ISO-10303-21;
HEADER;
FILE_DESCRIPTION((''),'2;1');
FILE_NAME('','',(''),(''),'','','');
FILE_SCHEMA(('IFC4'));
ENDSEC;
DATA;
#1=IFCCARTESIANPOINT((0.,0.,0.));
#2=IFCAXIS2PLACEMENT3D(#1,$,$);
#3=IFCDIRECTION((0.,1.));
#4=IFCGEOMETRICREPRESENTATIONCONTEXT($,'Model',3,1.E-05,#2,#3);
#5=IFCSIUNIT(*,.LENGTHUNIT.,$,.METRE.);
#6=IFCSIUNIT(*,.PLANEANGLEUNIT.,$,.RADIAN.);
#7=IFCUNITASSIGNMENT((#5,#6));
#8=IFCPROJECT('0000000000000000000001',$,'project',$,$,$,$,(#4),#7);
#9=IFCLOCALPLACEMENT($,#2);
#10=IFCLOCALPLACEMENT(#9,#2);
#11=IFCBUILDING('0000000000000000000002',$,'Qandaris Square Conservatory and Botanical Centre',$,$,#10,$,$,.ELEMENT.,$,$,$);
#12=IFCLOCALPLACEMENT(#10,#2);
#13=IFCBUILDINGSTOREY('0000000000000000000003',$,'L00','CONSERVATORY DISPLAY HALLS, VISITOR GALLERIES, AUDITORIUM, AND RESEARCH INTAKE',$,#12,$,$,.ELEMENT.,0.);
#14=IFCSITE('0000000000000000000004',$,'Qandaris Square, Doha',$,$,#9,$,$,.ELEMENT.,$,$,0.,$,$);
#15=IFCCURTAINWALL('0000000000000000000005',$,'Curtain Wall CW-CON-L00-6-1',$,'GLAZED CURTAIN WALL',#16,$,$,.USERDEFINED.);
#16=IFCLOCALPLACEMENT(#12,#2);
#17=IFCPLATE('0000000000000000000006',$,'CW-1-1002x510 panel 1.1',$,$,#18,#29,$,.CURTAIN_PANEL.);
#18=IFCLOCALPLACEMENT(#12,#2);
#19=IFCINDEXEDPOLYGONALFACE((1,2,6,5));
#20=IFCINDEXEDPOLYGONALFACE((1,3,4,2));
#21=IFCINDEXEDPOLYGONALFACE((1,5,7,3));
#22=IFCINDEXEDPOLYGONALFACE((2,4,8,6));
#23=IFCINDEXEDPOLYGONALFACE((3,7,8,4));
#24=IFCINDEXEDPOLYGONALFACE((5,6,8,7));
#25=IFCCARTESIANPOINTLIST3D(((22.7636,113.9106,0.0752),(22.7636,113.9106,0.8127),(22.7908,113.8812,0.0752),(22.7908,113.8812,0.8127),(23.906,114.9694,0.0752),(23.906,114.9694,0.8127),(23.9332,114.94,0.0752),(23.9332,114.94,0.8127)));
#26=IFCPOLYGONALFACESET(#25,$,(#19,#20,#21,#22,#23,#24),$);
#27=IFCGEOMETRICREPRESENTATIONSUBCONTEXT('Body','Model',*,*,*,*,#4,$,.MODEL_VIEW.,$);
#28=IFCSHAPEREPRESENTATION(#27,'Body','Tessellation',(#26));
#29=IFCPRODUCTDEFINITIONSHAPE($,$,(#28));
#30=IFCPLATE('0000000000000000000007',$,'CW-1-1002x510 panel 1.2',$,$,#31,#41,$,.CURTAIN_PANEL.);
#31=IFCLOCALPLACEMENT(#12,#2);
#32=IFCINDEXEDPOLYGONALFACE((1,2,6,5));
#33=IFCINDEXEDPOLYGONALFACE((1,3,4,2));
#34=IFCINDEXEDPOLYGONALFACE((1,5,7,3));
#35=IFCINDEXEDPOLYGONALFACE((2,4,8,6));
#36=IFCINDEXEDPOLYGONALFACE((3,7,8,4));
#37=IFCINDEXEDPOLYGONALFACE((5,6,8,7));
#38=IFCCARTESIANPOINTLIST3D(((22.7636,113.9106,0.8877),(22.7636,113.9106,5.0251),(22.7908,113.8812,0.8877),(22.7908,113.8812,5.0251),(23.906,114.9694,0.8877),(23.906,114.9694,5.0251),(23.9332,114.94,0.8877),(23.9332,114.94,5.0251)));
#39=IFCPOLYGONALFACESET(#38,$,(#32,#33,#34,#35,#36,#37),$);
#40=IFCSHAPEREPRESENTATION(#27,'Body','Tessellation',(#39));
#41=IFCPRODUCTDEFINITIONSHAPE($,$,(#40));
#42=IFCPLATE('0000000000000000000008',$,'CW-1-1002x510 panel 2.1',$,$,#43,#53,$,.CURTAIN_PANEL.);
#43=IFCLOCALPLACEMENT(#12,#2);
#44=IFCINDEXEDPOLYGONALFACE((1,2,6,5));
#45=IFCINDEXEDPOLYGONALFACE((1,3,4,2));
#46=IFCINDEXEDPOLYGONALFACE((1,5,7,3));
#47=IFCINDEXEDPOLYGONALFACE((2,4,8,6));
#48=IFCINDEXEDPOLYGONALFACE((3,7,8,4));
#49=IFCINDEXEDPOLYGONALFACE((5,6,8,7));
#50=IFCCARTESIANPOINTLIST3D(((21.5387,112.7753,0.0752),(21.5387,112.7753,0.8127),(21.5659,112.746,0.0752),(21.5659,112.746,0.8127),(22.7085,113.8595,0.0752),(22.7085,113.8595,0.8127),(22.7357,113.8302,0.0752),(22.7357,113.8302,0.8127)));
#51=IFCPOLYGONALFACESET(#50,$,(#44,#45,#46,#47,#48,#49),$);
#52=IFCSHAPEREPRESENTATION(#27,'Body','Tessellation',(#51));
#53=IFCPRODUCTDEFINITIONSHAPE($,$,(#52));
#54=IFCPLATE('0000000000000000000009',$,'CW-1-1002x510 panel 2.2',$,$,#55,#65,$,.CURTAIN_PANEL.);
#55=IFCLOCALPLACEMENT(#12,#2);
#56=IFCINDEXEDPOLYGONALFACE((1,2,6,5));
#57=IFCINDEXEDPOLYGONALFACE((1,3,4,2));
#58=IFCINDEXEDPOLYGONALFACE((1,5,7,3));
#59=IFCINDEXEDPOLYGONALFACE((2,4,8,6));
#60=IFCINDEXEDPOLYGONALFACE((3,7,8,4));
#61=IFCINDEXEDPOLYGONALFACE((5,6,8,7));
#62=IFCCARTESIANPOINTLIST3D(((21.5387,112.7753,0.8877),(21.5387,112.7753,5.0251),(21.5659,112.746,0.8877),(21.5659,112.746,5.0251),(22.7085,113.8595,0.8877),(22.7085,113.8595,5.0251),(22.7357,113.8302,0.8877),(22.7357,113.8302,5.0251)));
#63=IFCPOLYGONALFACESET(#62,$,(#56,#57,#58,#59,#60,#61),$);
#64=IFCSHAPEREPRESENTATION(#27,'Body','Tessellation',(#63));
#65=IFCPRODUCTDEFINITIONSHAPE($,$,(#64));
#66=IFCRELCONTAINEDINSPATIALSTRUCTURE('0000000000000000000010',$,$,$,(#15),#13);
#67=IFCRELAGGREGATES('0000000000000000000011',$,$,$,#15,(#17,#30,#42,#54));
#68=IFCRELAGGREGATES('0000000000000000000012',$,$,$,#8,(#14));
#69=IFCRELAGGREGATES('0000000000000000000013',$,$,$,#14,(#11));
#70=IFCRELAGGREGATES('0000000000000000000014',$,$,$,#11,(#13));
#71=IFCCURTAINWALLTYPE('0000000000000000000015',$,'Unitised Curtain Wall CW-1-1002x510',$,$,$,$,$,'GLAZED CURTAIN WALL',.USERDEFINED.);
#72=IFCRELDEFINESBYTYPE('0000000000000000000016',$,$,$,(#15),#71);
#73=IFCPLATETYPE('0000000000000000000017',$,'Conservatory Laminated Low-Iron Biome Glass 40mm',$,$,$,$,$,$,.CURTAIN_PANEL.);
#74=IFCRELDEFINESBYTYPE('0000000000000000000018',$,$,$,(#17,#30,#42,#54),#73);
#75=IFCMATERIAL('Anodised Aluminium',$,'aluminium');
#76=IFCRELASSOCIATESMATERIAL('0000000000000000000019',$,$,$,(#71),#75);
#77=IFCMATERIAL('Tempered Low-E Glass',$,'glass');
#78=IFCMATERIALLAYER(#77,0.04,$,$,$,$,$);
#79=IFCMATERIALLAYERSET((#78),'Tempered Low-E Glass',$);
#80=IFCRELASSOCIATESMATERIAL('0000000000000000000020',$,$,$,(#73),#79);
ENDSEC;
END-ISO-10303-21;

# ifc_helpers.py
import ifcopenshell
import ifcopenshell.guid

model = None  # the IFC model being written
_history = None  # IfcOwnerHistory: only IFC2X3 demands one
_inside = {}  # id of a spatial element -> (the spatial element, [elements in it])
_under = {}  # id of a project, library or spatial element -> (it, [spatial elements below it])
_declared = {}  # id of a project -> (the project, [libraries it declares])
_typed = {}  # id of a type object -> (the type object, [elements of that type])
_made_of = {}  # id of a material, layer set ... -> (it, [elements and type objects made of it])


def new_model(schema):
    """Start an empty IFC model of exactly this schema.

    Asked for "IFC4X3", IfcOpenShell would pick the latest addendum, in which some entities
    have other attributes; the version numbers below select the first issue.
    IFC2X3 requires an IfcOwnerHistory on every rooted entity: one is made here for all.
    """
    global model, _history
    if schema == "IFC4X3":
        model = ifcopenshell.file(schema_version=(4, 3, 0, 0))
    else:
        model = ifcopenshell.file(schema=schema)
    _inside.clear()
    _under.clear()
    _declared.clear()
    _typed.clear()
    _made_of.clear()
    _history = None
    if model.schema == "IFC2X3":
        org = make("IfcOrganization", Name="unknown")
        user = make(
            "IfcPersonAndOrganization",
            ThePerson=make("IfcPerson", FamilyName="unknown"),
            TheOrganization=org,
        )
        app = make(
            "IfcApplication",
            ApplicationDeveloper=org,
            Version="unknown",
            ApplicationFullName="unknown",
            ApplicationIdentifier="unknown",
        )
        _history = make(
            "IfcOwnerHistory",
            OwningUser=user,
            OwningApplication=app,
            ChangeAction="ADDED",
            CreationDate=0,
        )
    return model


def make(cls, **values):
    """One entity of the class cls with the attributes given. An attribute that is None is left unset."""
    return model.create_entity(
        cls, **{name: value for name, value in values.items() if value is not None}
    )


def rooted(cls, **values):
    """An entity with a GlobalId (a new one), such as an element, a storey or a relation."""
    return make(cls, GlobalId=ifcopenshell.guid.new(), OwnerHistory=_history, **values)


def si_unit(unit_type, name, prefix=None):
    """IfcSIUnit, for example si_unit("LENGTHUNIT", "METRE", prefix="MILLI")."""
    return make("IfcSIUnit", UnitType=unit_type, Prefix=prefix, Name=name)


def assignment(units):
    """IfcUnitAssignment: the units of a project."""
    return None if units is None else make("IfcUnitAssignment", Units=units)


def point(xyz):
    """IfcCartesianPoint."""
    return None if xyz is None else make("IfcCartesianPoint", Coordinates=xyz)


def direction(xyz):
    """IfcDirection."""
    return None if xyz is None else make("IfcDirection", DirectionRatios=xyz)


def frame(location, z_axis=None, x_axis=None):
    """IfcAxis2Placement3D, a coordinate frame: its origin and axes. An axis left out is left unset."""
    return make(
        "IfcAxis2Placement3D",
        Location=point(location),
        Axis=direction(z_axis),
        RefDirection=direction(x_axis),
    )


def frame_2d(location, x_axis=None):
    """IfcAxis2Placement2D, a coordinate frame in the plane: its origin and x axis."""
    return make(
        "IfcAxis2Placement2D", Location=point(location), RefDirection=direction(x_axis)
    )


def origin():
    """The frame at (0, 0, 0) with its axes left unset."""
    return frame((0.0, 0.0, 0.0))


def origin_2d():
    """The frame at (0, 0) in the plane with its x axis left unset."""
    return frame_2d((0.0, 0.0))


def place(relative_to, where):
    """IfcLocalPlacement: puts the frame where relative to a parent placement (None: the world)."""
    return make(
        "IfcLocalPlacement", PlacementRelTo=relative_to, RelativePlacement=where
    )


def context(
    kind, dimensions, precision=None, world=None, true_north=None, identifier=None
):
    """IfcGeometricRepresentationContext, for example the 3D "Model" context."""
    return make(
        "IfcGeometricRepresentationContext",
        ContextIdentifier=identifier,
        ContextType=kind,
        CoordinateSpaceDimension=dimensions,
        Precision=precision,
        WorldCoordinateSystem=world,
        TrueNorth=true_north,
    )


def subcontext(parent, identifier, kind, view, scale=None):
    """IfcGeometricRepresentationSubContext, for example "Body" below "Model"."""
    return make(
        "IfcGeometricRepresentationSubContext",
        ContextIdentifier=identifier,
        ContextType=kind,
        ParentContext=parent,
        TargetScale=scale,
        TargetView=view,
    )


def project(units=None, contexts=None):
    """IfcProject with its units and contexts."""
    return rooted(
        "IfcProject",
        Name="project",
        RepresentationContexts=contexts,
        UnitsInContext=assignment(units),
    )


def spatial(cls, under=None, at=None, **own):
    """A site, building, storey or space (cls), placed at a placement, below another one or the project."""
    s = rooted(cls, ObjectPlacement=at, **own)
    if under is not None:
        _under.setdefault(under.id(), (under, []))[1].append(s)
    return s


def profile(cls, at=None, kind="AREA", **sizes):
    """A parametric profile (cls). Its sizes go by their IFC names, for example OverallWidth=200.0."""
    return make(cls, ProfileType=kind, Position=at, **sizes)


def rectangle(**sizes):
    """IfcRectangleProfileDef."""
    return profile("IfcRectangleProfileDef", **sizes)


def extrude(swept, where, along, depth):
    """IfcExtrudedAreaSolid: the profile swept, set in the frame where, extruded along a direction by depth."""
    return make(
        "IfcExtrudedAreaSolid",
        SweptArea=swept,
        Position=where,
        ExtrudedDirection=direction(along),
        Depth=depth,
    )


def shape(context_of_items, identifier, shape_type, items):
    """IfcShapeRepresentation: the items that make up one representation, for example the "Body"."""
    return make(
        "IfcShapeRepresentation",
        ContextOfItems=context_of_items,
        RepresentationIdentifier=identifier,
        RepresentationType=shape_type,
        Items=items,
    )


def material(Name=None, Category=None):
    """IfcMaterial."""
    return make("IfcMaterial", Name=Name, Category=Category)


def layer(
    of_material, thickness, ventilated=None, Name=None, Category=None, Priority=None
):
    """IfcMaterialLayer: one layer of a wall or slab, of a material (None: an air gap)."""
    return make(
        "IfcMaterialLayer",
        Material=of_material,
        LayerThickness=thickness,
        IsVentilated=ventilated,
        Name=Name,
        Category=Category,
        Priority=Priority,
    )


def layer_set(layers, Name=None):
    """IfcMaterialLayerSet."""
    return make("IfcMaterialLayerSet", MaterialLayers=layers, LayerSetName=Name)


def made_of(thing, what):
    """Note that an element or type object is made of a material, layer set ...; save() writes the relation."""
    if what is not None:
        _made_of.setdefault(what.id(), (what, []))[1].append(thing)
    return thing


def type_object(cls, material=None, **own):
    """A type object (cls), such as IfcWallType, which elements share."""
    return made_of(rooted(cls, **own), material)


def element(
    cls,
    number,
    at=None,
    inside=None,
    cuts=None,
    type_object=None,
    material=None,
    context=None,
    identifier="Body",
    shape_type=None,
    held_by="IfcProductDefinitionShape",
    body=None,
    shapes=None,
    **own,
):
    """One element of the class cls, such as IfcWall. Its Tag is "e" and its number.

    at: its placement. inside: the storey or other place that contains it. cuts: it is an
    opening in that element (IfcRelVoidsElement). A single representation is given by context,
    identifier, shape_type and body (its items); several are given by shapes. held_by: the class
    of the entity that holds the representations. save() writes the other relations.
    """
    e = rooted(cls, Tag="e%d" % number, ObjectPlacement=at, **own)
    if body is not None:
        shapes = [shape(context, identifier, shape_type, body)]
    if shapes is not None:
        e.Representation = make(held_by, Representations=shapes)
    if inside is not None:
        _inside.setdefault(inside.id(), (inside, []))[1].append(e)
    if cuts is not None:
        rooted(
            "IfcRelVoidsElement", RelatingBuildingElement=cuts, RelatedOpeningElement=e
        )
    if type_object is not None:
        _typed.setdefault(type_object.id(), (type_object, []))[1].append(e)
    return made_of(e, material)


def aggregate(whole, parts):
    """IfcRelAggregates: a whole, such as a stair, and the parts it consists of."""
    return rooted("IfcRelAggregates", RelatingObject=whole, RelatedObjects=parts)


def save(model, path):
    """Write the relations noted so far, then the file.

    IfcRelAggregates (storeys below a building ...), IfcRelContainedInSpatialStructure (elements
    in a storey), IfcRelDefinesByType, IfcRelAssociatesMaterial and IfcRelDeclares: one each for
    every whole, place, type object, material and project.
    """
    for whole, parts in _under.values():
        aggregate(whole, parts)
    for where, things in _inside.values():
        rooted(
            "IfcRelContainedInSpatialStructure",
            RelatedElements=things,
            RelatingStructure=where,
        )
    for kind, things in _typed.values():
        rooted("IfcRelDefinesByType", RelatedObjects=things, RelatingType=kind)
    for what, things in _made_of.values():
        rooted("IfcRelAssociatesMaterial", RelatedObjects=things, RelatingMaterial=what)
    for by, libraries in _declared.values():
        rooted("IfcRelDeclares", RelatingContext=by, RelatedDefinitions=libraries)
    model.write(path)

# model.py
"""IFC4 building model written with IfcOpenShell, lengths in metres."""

from ifc_helpers import new_model, si_unit, direction, frame, origin, origin_2d, place, context, subcontext, project, spatial, rectangle, extrude, material, layer, layer_set, type_object, element, aggregate, save


model = new_model("IFC4")

# Units and contexts
model_context = context("Model", 3, precision=1e-05, world=origin(), true_north=direction((0.0, 1.0)))
body_context = subcontext(model_context, "Body", "Model", "MODEL_VIEW")
ifc_project = project(units=[si_unit("LENGTHUNIT", "METRE"), si_unit("PLANEANGLEUNIT", "RADIAN")], contexts=[model_context])

# Site, building, storey
site_placement = place(None, origin())
site = spatial("IfcSite", under=ifc_project, at=site_placement, Name="Qandaris Square, Doha", CompositionType="ELEMENT", RefElevation=0.0)
building_placement = place(site_placement, origin())
building = spatial("IfcBuilding", under=site, at=building_placement, Name="Qandaris Square Conservatory and Botanical Centre", CompositionType="ELEMENT")
storey_placement = place(building_placement, origin())
storey = spatial("IfcBuildingStorey", under=building, at=storey_placement, Name="L00", Description="CONSERVATORY DISPLAY HALLS, VISITOR GALLERIES, AUDITORIUM, AND RESEARCH INTAKE", CompositionType="ELEMENT", Elevation=0.0)

# Curtain wall
ifc_material_1 = material(Name="Anodised Aluminium", Category="aluminium")
curtain_wall_type = type_object("IfcCurtainWallType", Name="Unitised Curtain Wall CW-1-1002x510", ElementType="GLAZED CURTAIN WALL", PredefinedType="USERDEFINED", material=ifc_material_1)
curtain_wall_placement = place(storey_placement, origin())
curtain_wall = element("IfcCurtainWall", 1, at=curtain_wall_placement, inside=storey, type_object=curtain_wall_type, Name="Curtain Wall CW-CON-L00-6-1", ObjectType="GLAZED CURTAIN WALL", PredefinedType="USERDEFINED")

# Plates
ifc_material_2 = material(Name="Tempered Low-E Glass", Category="glass")
ifc_layer = layer(ifc_material_2, 0.04)
ifc_layer_set = layer_set([ifc_layer], Name="Tempered Low-E Glass")
plate_type = type_object("IfcPlateType", Name="Conservatory Laminated Low-Iron Biome Glass 40mm", PredefinedType="CURTAIN_PANEL", material=ifc_layer_set)
plate_1_placement = place(storey_placement, frame((23.3484, 114.4253, 0.0752), z_axis=(0.0, 0.0, 1.0), x_axis=(-0.733433, -0.679762, 0.0)))
plate_1 = element("IfcPlate", 2, at=plate_1_placement, type_object=plate_type, Name="CW-1-1002x510 panel 1.1", PredefinedType="CURTAIN_PANEL", context=body_context, shape_type="SweptSolid", body=[
    extrude(rectangle(XDim=1.5576, YDim=0.04, at=origin_2d()), origin(), (0.0, 0.0, 1.0), 0.7375),
])
plate_2_placement = place(storey_placement, frame((23.3484, 114.4253, 0.8877), z_axis=(0.0, 0.0, 1.0), x_axis=(-0.733433, -0.679762, 0.0)))
plate_2 = element("IfcPlate", 3, at=plate_2_placement, type_object=plate_type, Name="CW-1-1002x510 panel 1.2", PredefinedType="CURTAIN_PANEL", context=body_context, shape_type="SweptSolid", body=[
    extrude(rectangle(XDim=1.5576, YDim=0.04, at=origin_2d()), origin(), (0.0, 0.0, 1.0), 4.1375),
])
plate_3_placement = place(storey_placement, frame((22.1372, 113.3027, 0.0752), z_axis=(0.0, 0.0, 1.0), x_axis=(-0.733433, -0.679762, 0.0)))
plate_3 = element("IfcPlate", 4, at=plate_3_placement, type_object=plate_type, Name="CW-1-1002x510 panel 2.1", PredefinedType="CURTAIN_PANEL", context=body_context, shape_type="SweptSolid", body=[
    extrude(rectangle(XDim=1.595, YDim=0.04, at=origin_2d()), origin(), (0.0, 0.0, 1.0), 0.7375),
])
plate_4_placement = place(storey_placement, frame((22.1372, 113.3027, 0.8877), z_axis=(0.0, 0.0, 1.0), x_axis=(-0.733433, -0.679762, 0.0)))
plate_4 = element("IfcPlate", 5, at=plate_4_placement, type_object=plate_type, Name="CW-1-1002x510 panel 2.2", PredefinedType="CURTAIN_PANEL", context=body_context, shape_type="SweptSolid", body=[
    extrude(rectangle(XDim=1.595, YDim=0.04, at=origin_2d()), origin(), (0.0, 0.0, 1.0), 4.1375),
])
aggregate(curtain_wall, [plate_1, plate_2, plate_3, plate_4])

save(model, "model.ifc")
